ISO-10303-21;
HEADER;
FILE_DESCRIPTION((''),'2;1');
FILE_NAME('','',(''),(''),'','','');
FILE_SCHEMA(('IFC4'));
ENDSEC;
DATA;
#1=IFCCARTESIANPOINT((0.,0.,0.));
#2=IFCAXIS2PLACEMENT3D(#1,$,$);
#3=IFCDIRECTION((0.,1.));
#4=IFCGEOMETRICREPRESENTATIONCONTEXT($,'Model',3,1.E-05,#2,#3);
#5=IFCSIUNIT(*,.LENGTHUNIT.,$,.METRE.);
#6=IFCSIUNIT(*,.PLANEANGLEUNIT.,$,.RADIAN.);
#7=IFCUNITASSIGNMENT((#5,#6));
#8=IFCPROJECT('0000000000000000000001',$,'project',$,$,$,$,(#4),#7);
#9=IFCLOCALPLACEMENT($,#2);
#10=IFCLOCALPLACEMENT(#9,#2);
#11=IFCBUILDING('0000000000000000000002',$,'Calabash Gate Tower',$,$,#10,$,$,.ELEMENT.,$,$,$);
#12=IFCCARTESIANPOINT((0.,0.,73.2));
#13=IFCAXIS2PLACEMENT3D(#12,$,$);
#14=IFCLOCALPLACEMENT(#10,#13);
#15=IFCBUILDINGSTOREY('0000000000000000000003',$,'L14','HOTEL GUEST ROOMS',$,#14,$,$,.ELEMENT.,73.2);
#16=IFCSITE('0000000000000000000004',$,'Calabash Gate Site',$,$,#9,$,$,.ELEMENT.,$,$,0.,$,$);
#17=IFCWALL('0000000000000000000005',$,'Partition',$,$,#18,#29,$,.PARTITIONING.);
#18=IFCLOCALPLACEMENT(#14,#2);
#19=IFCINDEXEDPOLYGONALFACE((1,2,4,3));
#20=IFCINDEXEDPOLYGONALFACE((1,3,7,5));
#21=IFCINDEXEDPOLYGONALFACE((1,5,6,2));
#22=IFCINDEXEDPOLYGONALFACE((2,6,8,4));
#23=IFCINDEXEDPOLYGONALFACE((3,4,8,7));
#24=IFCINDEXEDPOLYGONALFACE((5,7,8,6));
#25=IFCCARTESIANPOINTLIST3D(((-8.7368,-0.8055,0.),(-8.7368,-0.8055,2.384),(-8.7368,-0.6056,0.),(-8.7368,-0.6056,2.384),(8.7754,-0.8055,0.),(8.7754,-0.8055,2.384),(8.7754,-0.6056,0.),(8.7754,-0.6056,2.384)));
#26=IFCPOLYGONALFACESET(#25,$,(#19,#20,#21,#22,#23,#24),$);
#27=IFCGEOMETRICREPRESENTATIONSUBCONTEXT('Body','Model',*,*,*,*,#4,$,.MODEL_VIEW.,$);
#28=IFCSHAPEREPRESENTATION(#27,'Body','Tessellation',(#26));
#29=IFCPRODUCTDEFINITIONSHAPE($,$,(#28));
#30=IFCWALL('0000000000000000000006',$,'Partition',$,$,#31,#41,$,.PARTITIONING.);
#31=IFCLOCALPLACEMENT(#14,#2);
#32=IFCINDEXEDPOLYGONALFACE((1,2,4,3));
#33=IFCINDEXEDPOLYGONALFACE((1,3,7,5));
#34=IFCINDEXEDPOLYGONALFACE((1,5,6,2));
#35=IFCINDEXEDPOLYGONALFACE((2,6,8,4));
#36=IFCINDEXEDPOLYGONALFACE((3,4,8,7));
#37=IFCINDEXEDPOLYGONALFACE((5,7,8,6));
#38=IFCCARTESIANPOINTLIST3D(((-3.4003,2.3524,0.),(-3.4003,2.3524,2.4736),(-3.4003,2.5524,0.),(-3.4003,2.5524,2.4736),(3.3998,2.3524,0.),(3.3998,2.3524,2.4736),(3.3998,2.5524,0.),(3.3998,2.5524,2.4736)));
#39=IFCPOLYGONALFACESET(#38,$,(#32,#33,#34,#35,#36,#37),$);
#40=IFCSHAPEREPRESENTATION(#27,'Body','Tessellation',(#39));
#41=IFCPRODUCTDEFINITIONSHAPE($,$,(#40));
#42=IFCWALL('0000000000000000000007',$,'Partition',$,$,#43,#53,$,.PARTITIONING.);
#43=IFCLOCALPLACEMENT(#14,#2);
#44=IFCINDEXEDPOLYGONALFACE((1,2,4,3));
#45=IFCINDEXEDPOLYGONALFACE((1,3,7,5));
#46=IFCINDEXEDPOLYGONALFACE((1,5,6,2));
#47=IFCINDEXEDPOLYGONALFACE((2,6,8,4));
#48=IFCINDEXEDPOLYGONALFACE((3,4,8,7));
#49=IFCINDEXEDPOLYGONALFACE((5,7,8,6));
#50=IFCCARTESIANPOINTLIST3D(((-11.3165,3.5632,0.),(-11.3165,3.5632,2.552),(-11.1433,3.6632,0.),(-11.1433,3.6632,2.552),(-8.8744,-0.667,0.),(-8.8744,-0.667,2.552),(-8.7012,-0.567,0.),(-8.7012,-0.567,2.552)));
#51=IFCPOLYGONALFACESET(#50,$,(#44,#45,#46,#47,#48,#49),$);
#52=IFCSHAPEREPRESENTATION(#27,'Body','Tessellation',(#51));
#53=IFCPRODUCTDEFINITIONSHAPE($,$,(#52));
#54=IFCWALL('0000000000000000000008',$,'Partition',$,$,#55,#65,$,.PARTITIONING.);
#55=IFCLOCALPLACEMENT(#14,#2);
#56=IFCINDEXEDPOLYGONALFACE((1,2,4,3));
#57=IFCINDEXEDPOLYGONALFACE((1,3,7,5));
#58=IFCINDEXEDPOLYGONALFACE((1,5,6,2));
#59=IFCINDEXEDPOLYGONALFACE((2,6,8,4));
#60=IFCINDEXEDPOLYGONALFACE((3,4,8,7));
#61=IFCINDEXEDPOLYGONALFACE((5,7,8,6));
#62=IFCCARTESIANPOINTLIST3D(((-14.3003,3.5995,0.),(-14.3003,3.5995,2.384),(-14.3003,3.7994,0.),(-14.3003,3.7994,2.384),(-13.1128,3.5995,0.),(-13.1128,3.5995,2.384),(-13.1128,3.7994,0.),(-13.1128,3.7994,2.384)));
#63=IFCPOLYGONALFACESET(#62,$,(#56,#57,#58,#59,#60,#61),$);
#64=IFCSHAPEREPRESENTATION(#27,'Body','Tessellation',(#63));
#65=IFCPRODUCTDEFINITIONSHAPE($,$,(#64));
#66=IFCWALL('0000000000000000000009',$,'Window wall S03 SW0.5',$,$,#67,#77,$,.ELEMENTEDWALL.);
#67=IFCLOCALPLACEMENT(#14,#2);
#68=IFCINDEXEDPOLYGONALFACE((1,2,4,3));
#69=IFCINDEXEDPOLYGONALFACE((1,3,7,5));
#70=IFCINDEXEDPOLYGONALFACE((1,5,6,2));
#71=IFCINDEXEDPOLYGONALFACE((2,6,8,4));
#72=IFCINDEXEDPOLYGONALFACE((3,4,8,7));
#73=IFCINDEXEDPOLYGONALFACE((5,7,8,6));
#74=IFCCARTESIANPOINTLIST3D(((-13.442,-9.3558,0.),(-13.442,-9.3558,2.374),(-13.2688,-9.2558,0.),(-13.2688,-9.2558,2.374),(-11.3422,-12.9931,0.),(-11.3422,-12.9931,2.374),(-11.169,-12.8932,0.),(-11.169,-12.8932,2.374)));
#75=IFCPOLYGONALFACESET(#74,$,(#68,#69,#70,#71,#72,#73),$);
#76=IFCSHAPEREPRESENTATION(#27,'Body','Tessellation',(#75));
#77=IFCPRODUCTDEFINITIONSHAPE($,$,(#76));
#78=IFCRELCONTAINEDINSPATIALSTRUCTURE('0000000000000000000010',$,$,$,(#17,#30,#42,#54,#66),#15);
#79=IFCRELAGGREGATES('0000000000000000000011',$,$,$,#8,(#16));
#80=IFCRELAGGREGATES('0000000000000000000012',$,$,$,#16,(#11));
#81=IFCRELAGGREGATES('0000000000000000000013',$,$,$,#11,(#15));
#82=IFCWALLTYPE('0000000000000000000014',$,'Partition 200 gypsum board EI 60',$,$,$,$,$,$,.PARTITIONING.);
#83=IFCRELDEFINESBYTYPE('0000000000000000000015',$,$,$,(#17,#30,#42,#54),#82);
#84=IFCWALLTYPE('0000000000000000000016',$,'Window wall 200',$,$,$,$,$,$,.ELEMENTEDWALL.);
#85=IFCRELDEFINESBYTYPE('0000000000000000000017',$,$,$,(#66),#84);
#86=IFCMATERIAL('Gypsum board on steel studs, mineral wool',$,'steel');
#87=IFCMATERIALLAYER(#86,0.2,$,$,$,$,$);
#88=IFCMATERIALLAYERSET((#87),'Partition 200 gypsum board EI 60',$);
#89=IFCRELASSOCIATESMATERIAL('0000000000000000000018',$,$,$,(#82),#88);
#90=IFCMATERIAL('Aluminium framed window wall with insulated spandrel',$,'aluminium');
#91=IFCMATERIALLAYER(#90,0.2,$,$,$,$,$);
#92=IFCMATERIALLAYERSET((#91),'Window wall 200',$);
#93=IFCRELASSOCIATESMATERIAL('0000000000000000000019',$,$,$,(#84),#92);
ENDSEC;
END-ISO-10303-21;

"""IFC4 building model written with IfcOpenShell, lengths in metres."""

from ifc_helpers import new_model, si_unit, direction, frame, frame_2d, origin, place, context, subcontext, project, spatial, rectangle, extrude, material, layer, layer_set, type_object, element, save


model = new_model("IFC4")

# Units and contexts
model_context = context("Model", 3, precision=1e-05, world=origin(), true_north=direction((0.0, 1.0)))
body_context = subcontext(model_context, "Body", "Model", "MODEL_VIEW")
ifc_project = project(units=[si_unit("LENGTHUNIT", "METRE"), si_unit("PLANEANGLEUNIT", "RADIAN")], contexts=[model_context])

# Site, building, storey
site_placement = place(None, origin())
site = spatial("IfcSite", under=ifc_project, at=site_placement, Name="Calabash Gate Site", CompositionType="ELEMENT", RefElevation=0.0)
building_placement = place(site_placement, origin())
building = spatial("IfcBuilding", under=site, at=building_placement, Name="Calabash Gate Tower", CompositionType="ELEMENT")
storey_placement = place(building_placement, frame((0.0, 0.0, 73.2)))
storey = spatial("IfcBuildingStorey", under=building, at=storey_placement, Name="L14", Description="HOTEL GUEST ROOMS", CompositionType="ELEMENT", Elevation=73.2)

# Shared definitions
ifc_material_1 = material(Name="Gypsum board on steel studs, mineral wool", Category="steel")
ifc_layer_1 = layer(ifc_material_1, 0.2)
ifc_layer_set_1 = layer_set([ifc_layer_1], Name="Partition 200 gypsum board EI 60")
wall_type_1 = type_object("IfcWallType", Name="Partition 200 gypsum board EI 60", PredefinedType="PARTITIONING", material=ifc_layer_set_1)

# Walls
wall_1_placement = place(storey_placement, frame((-8.7368, -0.7056, 0.0), z_axis=(0.0, 0.0, 1.0), x_axis=(1.0, 0.0, 0.0)))
element("IfcWall", 1, at=wall_1_placement, inside=storey, type_object=wall_type_1, Name="Partition", PredefinedType="PARTITIONING", context=body_context, shape_type="SweptSolid", body=[
    extrude(rectangle(XDim=17.5122, YDim=0.2, at=frame_2d((8.7561, 0.0))), origin(), (0.0, 0.0, 1.0), 2.384),
])
wall_2_placement = place(storey_placement, frame((-3.4001, 2.4524, 0.0), z_axis=(0.0, 0.0, 1.0), x_axis=(1.0, 0.0, 0.0)))
element("IfcWall", 2, at=wall_2_placement, inside=storey, type_object=wall_type_1, Name="Partition", PredefinedType="PARTITIONING", context=body_context, shape_type="SweptSolid", body=[
    extrude(rectangle(XDim=6.8, YDim=0.2, at=frame_2d((3.3999, 0.0))), origin(), (0.0, 0.0, 1.0), 2.4736),
])
wall_3_placement = place(storey_placement, frame((-11.23, 3.6133, 0.0), z_axis=(0.0, 0.0, 1.0), x_axis=(0.499972, -0.866042, 0.0)))
element("IfcWall", 3, at=wall_3_placement, inside=storey, type_object=wall_type_1, Name="Partition", PredefinedType="PARTITIONING", context=body_context, shape_type="SweptSolid", body=[
    extrude(rectangle(XDim=4.8845, YDim=0.2, at=frame_2d((2.4424, 0.0))), origin(), (0.0, 0.0, 1.0), 2.552),
])
wall_4_placement = place(storey_placement, frame((-14.3003, 3.6995, 0.0), z_axis=(0.0, 0.0, 1.0), x_axis=(1.0, 0.0, 0.0)))
element("IfcWall", 4, at=wall_4_placement, inside=storey, type_object=wall_type_1, Name="Partition", PredefinedType="PARTITIONING", context=body_context, shape_type="SweptSolid", body=[
    extrude(rectangle(XDim=1.1875, YDim=0.2, at=frame_2d((0.5938, 0.0))), origin(), (0.0, 0.0, 1.0), 2.384),
])
ifc_material_2 = material(Name="Aluminium framed window wall with insulated spandrel", Category="aluminium")
ifc_layer_2 = layer(ifc_material_2, 0.2)
ifc_layer_set_2 = layer_set([ifc_layer_2], Name="Window wall 200")
wall_type_2 = type_object("IfcWallType", Name="Window wall 200", PredefinedType="ELEMENTEDWALL", material=ifc_layer_set_2)
wall_5_placement = place(storey_placement, frame((-13.3555, -9.3057, 0.0), z_axis=(0.0, 0.0, 1.0), x_axis=(0.499959, -0.866049, 0.0)))
element("IfcWall", 5, at=wall_5_placement, inside=storey, type_object=wall_type_2, Name="Window wall S03 SW0.5", PredefinedType="ELEMENTEDWALL", context=body_context, shape_type="SweptSolid", body=[
    extrude(rectangle(XDim=4.2, YDim=0.2, at=frame_2d((2.1001, 0.0))), origin(), (0.0, 0.0, 1.0), 2.374),
])

save(model, "model.ifc")
